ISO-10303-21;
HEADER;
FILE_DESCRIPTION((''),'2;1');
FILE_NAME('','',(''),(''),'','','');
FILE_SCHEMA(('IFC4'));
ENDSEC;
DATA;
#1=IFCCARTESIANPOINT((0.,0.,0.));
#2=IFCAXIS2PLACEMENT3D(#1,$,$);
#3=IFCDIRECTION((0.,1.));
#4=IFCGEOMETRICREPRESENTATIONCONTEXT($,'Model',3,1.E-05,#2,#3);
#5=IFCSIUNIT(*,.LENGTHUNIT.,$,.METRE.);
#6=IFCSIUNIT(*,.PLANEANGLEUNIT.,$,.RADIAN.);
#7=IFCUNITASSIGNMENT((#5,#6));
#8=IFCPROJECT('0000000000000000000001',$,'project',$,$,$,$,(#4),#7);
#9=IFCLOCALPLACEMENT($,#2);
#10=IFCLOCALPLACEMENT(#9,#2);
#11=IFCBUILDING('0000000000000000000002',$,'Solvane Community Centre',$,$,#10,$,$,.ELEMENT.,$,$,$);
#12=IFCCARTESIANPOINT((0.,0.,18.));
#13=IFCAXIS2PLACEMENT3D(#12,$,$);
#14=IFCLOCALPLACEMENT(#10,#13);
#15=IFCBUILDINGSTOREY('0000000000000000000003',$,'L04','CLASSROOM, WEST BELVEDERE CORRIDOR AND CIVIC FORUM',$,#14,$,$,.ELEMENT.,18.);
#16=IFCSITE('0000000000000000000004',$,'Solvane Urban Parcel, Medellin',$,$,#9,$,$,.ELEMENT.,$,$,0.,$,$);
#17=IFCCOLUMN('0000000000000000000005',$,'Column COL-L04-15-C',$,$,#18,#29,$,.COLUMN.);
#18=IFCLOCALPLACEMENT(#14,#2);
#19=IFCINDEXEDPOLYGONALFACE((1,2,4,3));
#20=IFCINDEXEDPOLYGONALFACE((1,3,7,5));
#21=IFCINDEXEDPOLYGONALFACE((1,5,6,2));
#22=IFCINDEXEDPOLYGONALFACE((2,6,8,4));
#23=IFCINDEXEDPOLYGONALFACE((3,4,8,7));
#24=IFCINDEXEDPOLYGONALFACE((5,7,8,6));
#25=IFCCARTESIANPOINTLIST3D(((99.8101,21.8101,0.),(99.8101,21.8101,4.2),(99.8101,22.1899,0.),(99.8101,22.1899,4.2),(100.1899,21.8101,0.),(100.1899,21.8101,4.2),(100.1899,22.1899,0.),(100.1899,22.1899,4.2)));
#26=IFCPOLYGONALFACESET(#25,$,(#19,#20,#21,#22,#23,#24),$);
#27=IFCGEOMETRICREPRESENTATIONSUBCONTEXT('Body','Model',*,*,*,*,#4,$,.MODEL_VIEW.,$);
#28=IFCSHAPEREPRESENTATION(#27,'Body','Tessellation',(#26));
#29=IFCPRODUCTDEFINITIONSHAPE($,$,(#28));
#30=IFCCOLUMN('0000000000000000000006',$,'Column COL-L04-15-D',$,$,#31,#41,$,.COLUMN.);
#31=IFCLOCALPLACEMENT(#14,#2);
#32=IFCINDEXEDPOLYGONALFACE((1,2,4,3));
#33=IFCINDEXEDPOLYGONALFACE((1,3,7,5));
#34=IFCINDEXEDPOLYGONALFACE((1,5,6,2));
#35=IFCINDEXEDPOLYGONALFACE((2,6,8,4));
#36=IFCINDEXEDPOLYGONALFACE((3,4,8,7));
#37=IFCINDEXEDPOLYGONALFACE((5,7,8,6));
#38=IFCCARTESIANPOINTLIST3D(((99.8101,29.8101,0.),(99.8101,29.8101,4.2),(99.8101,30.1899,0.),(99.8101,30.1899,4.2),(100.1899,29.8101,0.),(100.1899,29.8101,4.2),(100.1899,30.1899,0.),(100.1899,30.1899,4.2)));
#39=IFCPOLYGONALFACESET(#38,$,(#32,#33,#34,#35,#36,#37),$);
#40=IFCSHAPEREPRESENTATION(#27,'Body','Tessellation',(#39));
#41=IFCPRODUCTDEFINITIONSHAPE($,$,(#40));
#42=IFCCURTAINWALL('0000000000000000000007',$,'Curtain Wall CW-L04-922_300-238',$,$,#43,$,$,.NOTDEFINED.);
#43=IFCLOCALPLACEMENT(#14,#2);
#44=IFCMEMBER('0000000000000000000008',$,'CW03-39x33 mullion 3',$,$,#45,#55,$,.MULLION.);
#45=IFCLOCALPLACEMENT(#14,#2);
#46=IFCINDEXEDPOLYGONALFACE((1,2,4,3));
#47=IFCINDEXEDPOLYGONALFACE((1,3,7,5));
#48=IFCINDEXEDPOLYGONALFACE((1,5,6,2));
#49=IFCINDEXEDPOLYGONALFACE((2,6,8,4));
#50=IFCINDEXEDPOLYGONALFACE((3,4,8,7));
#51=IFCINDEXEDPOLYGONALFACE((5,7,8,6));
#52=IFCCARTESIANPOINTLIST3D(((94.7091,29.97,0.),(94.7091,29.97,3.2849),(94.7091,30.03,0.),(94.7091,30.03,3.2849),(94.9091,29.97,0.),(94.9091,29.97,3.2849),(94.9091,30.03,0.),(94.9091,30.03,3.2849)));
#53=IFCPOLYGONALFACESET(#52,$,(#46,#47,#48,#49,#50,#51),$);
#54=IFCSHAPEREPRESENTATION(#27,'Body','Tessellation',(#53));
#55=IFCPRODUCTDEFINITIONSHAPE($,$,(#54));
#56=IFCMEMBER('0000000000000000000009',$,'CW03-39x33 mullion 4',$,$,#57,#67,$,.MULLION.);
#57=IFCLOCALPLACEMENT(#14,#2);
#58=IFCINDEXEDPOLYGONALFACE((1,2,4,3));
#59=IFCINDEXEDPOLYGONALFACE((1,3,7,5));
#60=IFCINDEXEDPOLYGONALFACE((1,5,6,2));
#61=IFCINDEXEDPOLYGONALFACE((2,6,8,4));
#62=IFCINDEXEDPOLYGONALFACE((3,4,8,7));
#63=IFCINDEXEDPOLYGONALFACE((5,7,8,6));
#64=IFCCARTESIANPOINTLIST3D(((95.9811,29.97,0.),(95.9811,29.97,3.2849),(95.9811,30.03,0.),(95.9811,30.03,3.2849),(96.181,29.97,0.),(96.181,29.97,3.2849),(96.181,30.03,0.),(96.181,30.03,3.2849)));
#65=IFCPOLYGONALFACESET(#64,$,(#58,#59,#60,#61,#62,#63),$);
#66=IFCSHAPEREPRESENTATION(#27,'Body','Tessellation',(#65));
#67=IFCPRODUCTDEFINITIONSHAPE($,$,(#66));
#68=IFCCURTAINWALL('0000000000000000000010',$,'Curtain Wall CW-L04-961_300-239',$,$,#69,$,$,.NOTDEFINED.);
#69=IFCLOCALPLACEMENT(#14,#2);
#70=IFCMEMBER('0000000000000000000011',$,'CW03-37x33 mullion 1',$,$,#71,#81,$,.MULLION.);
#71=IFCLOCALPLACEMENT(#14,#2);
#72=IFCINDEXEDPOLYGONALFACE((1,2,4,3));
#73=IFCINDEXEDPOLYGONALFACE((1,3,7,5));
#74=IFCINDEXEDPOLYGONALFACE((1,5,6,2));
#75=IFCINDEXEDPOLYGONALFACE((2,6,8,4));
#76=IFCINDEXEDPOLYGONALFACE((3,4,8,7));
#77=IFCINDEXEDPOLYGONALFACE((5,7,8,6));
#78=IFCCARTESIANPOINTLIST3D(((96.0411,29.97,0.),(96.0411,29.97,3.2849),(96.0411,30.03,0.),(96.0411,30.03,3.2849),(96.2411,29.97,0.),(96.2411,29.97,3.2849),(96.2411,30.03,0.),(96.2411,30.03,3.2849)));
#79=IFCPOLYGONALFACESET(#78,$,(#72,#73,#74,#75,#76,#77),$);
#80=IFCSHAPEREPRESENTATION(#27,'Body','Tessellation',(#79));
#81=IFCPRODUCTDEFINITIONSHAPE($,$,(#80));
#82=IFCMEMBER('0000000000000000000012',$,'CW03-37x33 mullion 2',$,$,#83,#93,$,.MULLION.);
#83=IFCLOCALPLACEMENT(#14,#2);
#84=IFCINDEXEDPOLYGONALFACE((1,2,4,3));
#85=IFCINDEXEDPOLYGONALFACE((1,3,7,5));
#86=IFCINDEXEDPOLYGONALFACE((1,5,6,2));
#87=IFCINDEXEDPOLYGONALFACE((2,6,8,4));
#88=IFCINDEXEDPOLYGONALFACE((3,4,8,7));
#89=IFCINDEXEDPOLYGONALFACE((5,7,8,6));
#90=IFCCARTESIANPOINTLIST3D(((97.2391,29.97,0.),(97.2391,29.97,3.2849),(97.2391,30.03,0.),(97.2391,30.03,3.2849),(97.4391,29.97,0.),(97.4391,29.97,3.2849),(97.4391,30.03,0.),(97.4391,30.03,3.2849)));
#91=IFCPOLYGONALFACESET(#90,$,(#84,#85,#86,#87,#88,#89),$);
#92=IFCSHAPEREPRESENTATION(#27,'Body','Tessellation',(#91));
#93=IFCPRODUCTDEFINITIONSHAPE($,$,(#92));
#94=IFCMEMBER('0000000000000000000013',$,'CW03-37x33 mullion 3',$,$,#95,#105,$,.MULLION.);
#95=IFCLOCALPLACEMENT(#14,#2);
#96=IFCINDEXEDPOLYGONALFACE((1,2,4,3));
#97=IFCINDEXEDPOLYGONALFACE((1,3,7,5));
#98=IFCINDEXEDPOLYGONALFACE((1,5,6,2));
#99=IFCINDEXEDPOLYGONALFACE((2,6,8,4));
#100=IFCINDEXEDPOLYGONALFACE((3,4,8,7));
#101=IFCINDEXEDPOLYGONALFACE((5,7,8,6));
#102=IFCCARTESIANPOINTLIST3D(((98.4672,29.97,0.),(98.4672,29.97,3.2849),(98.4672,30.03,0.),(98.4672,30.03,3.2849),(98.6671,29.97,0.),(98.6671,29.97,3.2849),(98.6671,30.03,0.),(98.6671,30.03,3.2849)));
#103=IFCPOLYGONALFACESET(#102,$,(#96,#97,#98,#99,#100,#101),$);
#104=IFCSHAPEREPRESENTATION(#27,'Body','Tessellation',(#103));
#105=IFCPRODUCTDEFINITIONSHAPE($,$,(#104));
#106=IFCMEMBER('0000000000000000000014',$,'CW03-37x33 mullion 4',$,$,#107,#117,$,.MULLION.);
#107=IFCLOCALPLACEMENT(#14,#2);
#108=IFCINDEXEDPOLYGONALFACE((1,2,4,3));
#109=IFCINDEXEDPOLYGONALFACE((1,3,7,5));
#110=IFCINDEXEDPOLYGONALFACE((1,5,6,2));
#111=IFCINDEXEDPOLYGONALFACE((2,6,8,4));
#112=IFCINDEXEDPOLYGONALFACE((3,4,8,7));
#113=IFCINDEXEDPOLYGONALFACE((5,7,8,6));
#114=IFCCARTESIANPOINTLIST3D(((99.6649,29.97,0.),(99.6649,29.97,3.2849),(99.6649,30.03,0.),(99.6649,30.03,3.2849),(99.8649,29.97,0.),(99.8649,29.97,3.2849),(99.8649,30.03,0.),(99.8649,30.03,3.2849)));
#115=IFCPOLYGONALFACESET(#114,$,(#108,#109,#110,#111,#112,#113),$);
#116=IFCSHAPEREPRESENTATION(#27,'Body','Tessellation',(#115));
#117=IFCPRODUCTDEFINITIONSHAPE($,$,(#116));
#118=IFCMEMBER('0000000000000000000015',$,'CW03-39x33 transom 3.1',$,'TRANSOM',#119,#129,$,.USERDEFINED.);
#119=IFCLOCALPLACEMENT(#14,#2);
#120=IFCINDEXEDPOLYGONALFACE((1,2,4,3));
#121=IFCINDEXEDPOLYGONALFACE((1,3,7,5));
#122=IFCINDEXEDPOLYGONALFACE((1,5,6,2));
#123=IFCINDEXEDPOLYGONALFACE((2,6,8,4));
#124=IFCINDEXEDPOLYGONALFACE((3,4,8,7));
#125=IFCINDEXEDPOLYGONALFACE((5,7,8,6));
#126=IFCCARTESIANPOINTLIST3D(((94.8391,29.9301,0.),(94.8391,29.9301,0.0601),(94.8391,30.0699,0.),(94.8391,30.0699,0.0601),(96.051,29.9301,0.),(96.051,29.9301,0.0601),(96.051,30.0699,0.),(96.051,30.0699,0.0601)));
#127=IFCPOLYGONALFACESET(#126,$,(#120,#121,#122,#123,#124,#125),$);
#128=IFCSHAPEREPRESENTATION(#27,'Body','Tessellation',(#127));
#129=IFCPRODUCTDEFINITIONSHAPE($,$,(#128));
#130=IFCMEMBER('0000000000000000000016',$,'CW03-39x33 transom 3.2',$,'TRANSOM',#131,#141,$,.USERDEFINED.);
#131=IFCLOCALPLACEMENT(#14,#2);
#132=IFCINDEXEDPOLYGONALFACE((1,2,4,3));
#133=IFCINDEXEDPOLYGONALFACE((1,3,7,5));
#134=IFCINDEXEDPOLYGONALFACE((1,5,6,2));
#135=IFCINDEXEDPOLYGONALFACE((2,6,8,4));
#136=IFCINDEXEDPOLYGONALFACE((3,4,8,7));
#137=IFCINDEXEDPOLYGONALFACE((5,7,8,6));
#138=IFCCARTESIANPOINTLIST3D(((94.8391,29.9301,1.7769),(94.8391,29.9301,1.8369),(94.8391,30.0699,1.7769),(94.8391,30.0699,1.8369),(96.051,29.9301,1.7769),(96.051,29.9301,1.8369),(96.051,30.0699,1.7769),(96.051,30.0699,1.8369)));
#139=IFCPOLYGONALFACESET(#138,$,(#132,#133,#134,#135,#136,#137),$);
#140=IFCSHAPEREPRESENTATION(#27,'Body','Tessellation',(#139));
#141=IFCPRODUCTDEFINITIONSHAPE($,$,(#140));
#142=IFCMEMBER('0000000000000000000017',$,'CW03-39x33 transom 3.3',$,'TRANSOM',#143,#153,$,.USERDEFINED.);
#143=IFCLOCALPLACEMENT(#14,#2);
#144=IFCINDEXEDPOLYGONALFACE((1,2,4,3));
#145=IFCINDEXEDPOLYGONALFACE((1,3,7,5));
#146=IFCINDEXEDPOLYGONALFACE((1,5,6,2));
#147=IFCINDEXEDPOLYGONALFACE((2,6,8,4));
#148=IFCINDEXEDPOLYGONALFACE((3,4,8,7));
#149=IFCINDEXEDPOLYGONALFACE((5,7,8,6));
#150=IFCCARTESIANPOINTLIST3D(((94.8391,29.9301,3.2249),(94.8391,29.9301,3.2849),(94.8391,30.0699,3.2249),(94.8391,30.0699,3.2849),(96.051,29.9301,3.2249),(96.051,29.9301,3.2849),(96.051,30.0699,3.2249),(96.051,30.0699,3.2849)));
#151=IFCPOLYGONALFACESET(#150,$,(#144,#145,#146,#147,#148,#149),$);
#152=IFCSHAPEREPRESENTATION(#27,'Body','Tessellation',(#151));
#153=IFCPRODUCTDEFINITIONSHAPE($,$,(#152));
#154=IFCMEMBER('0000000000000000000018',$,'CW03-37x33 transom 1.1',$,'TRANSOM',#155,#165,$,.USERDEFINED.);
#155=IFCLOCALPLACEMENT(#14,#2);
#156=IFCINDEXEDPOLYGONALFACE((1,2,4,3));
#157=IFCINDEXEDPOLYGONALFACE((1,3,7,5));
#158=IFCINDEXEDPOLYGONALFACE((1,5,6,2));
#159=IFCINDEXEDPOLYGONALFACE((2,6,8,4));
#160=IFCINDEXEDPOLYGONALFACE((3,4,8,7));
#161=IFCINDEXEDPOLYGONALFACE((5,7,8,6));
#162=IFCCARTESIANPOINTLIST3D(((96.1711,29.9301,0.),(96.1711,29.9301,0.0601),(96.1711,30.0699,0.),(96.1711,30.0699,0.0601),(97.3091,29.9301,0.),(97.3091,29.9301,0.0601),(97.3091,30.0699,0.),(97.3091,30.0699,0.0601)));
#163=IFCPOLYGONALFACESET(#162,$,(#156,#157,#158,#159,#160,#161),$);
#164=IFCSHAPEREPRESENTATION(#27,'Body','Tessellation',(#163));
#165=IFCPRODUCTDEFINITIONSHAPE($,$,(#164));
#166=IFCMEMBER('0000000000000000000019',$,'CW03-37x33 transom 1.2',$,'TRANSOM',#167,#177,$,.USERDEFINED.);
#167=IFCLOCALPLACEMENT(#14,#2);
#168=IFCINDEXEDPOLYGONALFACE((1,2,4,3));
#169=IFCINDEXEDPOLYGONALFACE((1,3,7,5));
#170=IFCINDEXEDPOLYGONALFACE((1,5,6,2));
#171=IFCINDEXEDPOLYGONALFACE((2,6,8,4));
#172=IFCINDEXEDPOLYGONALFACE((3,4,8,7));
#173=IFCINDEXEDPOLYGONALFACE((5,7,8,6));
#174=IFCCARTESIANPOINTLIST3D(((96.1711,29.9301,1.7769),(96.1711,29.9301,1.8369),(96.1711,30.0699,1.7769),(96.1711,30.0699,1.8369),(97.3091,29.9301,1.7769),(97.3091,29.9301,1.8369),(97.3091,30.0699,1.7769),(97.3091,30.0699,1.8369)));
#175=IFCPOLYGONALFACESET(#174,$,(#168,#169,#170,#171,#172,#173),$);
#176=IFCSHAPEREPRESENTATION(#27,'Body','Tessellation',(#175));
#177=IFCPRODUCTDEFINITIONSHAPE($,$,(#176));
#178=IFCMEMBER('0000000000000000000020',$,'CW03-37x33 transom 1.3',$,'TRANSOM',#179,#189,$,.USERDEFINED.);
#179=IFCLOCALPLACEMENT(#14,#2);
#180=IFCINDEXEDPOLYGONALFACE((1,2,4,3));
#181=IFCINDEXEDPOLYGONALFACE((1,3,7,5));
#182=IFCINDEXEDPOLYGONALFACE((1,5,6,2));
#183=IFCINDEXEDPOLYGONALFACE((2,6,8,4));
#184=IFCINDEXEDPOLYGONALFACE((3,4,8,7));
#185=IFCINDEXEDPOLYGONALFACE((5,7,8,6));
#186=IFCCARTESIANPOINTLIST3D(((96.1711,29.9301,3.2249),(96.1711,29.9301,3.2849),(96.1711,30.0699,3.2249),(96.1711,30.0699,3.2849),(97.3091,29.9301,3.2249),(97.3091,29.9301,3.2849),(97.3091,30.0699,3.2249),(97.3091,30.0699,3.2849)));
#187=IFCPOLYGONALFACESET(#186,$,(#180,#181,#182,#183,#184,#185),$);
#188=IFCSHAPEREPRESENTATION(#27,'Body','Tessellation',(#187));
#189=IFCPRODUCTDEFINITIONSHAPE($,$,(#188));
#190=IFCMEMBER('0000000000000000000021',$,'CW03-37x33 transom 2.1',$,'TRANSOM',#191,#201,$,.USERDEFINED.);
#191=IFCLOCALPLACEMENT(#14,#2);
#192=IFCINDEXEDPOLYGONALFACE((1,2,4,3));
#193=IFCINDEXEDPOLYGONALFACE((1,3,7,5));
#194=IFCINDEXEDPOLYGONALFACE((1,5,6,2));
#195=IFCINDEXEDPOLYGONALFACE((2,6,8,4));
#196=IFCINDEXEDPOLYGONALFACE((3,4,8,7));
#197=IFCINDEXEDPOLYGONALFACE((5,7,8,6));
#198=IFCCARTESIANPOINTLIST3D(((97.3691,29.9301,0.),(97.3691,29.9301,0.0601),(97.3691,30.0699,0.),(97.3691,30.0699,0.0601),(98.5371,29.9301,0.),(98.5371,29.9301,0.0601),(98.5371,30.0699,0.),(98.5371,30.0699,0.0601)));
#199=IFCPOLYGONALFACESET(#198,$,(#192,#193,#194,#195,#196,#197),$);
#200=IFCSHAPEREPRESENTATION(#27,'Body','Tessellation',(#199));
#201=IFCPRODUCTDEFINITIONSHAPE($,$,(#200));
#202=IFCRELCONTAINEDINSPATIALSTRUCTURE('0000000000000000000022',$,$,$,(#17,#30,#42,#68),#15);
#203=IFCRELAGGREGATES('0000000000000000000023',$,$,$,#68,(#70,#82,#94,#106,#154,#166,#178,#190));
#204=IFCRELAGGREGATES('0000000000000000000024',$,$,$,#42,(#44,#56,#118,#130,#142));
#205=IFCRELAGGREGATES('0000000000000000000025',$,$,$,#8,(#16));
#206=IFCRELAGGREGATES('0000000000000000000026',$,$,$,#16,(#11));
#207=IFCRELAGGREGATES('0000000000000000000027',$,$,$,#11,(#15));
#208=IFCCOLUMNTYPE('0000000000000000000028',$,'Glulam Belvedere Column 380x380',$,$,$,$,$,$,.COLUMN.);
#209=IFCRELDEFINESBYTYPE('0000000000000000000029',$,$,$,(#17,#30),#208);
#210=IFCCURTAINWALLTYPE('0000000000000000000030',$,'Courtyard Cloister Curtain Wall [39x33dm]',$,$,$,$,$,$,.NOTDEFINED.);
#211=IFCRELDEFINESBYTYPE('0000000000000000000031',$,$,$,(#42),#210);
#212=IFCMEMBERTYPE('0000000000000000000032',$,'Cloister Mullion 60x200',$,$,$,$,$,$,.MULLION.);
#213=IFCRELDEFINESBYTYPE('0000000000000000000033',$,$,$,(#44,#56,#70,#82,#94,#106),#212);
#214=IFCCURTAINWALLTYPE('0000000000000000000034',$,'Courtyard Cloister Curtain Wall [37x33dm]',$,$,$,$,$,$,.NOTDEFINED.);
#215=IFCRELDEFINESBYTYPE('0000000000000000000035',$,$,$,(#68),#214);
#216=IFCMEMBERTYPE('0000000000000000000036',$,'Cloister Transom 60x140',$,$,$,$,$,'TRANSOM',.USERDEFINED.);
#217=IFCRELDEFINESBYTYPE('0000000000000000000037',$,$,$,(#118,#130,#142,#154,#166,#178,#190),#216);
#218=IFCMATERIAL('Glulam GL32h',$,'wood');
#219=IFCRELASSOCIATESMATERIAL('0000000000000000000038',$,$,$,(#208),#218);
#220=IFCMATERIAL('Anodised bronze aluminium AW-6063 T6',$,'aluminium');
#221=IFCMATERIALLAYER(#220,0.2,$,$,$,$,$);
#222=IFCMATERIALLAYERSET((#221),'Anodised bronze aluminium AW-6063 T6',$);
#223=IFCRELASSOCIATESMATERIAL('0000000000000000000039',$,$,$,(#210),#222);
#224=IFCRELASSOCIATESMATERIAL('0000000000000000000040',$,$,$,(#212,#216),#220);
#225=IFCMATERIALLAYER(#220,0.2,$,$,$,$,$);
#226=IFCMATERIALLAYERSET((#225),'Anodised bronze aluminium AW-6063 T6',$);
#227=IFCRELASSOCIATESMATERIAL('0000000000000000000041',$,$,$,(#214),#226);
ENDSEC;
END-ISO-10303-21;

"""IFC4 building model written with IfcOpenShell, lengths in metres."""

from ifc_helpers import new_model, si_unit, direction, frame, origin, origin_2d, place, context, subcontext, project, spatial, rectangle, extrude, material, layer, layer_set, material_profile, profile_set, type_object, element, aggregate, save


model = new_model("IFC4")

# Units and contexts
model_context = context("Model", 3, precision=1e-05, world=origin(), true_north=direction((0.0, 1.0)))
body_context = subcontext(model_context, "Body", "Model", "MODEL_VIEW")
ifc_project = project(units=[si_unit("LENGTHUNIT", "METRE"), si_unit("PLANEANGLEUNIT", "RADIAN")], contexts=[model_context])

# Site, building, storey
site_placement = place(None, origin())
site = spatial("IfcSite", under=ifc_project, at=site_placement, Name="Solvane Urban Parcel, Medellin", CompositionType="ELEMENT", RefElevation=0.0)
building_placement = place(site_placement, origin())
building = spatial("IfcBuilding", under=site, at=building_placement, Name="Solvane Community Centre", CompositionType="ELEMENT")
storey_placement = place(building_placement, frame((0.0, 0.0, 18.0)))
storey = spatial("IfcBuildingStorey", under=building, at=storey_placement, Name="L04", Description="CLASSROOM, WEST BELVEDERE CORRIDOR AND CIVIC FORUM", CompositionType="ELEMENT", Elevation=18.0)

# Columns
ifc_material_1 = material(Name="Glulam GL32h", Category="wood")
ifc_material_profile_1 = material_profile(ifc_material_1, rectangle(XDim=0.3799, YDim=0.3799, at=origin_2d()), Name="GL32h 380x380")
ifc_profile_set_1 = profile_set([ifc_material_profile_1], Name="Glulam GL32h")
column_type = type_object("IfcColumnType", Name="Glulam Belvedere Column 380x380", PredefinedType="COLUMN", material=ifc_profile_set_1)
for number, where, z_axis, x_axis, name in (
    (1, (100.0, 22.0, 0.0), (0.0, 0.0, 1.0), (1.0, 0.0, 0.0), "Column COL-L04-15-C"),
    (2, (100.0, 30.0, 0.0), (0.0, 0.0, 1.0), (1.0, 0.0, 0.0), "Column COL-L04-15-D"),
):
    element("IfcColumn", number, at=place(storey_placement, frame(where, z_axis=z_axis, x_axis=x_axis)), inside=storey, type_object=column_type, Name=name, PredefinedType="COLUMN", context=body_context, shape_type="SweptSolid", body=[
        extrude(rectangle(XDim=0.3799, YDim=0.3799, at=origin_2d()), origin(), (0.0, 0.0, 1.0), 4.2),
    ])

# Curtain walls, members
ifc_material_2 = material(Name="Anodised bronze aluminium AW-6063 T6", Category="aluminium")
ifc_layer_1 = layer(ifc_material_2, 0.2)
ifc_layer_set_1 = layer_set([ifc_layer_1], Name="Anodised bronze aluminium AW-6063 T6")
curtain_wall_type_1 = type_object("IfcCurtainWallType", Name="Courtyard Cloister Curtain Wall [39x33dm]", PredefinedType="NOTDEFINED", material=ifc_layer_set_1)
curtain_wall_1_placement = place(storey_placement, origin())
curtain_wall_1 = element("IfcCurtainWall", 3, at=curtain_wall_1_placement, inside=storey, type_object=curtain_wall_type_1, Name="Curtain Wall CW-L04-922_300-238", PredefinedType="NOTDEFINED")
ifc_material_profile_2 = material_profile(ifc_material_2, rectangle(XDim=0.0601, YDim=0.2, at=origin_2d()), Name="CW-M 60x200")
ifc_profile_set_2 = profile_set([ifc_material_profile_2], Name="Anodised bronze aluminium AW-6063 T6")
member_type_1 = type_object("IfcMemberType", Name="Cloister Mullion 60x200", PredefinedType="MULLION", material=ifc_profile_set_2)
member_1_placement = place(storey_placement, frame((94.8091, 30.0, 0.0), z_axis=(0.0, 0.0, 1.0), x_axis=(0.0, 1.0, 0.0)))
member_1 = element("IfcMember", 4, at=member_1_placement, type_object=member_type_1, Name="CW03-39x33 mullion 3", PredefinedType="MULLION", context=body_context, shape_type="SweptSolid", body=[
    extrude(rectangle(XDim=0.0601, YDim=0.2, at=origin_2d()), origin(), (0.0, 0.0, 1.0), 3.2849),
])
member_2_placement = place(storey_placement, frame((96.0811, 30.0, 0.0), z_axis=(0.0, 0.0, 1.0), x_axis=(0.0, 1.0, 0.0)))
member_2 = element("IfcMember", 5, at=member_2_placement, type_object=member_type_1, Name="CW03-39x33 mullion 4", PredefinedType="MULLION", context=body_context, shape_type="SweptSolid", body=[
    extrude(rectangle(XDim=0.0601, YDim=0.2, at=origin_2d()), origin(), (0.0, 0.0, 1.0), 3.2849),
])
ifc_layer_2 = layer(ifc_material_2, 0.2)
ifc_layer_set_2 = layer_set([ifc_layer_2], Name="Anodised bronze aluminium AW-6063 T6")
curtain_wall_type_2 = type_object("IfcCurtainWallType", Name="Courtyard Cloister Curtain Wall [37x33dm]", PredefinedType="NOTDEFINED", material=ifc_layer_set_2)
curtain_wall_2_placement = place(storey_placement, origin())
curtain_wall_2 = element("IfcCurtainWall", 6, at=curtain_wall_2_placement, inside=storey, type_object=curtain_wall_type_2, Name="Curtain Wall CW-L04-961_300-239", PredefinedType="NOTDEFINED")
member_3_placement = place(storey_placement, frame((96.1411, 30.0, 0.0), z_axis=(0.0, 0.0, 1.0), x_axis=(0.0, 1.0, 0.0)))
member_3 = element("IfcMember", 7, at=member_3_placement, type_object=member_type_1, Name="CW03-37x33 mullion 1", PredefinedType="MULLION", context=body_context, shape_type="SweptSolid", body=[
    extrude(rectangle(XDim=0.0601, YDim=0.2, at=origin_2d()), origin(), (0.0, 0.0, 1.0), 3.2849),
])
member_4_placement = place(storey_placement, frame((97.3391, 30.0, 0.0), z_axis=(0.0, 0.0, 1.0), x_axis=(0.0, 1.0, 0.0)))
member_4 = element("IfcMember", 8, at=member_4_placement, type_object=member_type_1, Name="CW03-37x33 mullion 2", PredefinedType="MULLION", context=body_context, shape_type="SweptSolid", body=[
    extrude(rectangle(XDim=0.0601, YDim=0.2, at=origin_2d()), origin(), (0.0, 0.0, 1.0), 3.2849),
])
member_5_placement = place(storey_placement, frame((98.5671, 30.0, 0.0), z_axis=(0.0, 0.0, 1.0), x_axis=(0.0, 1.0, 0.0)))
member_5 = element("IfcMember", 9, at=member_5_placement, type_object=member_type_1, Name="CW03-37x33 mullion 3", PredefinedType="MULLION", context=body_context, shape_type="SweptSolid", body=[
    extrude(rectangle(XDim=0.0601, YDim=0.2, at=origin_2d()), origin(), (0.0, 0.0, 1.0), 3.2849),
])
member_6_placement = place(storey_placement, frame((99.7649, 30.0, 0.0), z_axis=(0.0, 0.0, 1.0), x_axis=(0.0, 1.0, 0.0)))
member_6 = element("IfcMember", 10, at=member_6_placement, type_object=member_type_1, Name="CW03-37x33 mullion 4", PredefinedType="MULLION", context=body_context, shape_type="SweptSolid", body=[
    extrude(rectangle(XDim=0.0601, YDim=0.2, at=origin_2d()), origin(), (0.0, 0.0, 1.0), 3.2849),
])

# Members
ifc_material_profile_3 = material_profile(ifc_material_2, rectangle(XDim=0.1399, YDim=0.0601, at=origin_2d()), Name="CW-T 60x140")
ifc_profile_set_3 = profile_set([ifc_material_profile_3], Name="Anodised bronze aluminium AW-6063 T6")
member_type_2 = type_object("IfcMemberType", Name="Cloister Transom 60x140", ElementType="TRANSOM", PredefinedType="USERDEFINED", material=ifc_profile_set_3)
member_7_placement = place(storey_placement, frame((94.8391, 30.0, 0.03), z_axis=(1.0, 0.0, 0.0), x_axis=(0.0, 1.0, 0.0)))
member_7 = element("IfcMember", 11, at=member_7_placement, type_object=member_type_2, Name="CW03-39x33 transom 3.1", ObjectType="TRANSOM", PredefinedType="USERDEFINED", context=body_context, shape_type="SweptSolid", body=[
    extrude(rectangle(XDim=0.1399, YDim=0.0601, at=origin_2d()), origin(), (0.0, 0.0, 1.0), 1.2119),
])
member_8_placement = place(storey_placement, frame((94.8391, 30.0, 1.8069), z_axis=(1.0, 0.0, 0.0), x_axis=(0.0, 1.0, 0.0)))
member_8 = element("IfcMember", 12, at=member_8_placement, type_object=member_type_2, Name="CW03-39x33 transom 3.2", ObjectType="TRANSOM", PredefinedType="USERDEFINED", context=body_context, shape_type="SweptSolid", body=[
    extrude(rectangle(XDim=0.1399, YDim=0.0601, at=origin_2d()), origin(), (0.0, 0.0, 1.0), 1.2119),
])
member_9_placement = place(storey_placement, frame((94.8391, 30.0, 3.2549), z_axis=(1.0, 0.0, 0.0), x_axis=(0.0, 1.0, 0.0)))
member_9 = element("IfcMember", 13, at=member_9_placement, type_object=member_type_2, Name="CW03-39x33 transom 3.3", ObjectType="TRANSOM", PredefinedType="USERDEFINED", context=body_context, shape_type="SweptSolid", body=[
    extrude(rectangle(XDim=0.1399, YDim=0.0601, at=origin_2d()), origin(), (0.0, 0.0, 1.0), 1.2119),
])
member_10_placement = place(storey_placement, frame((96.1711, 30.0, 0.03), z_axis=(1.0, 0.0, 0.0), x_axis=(0.0, 1.0, 0.0)))
member_10 = element("IfcMember", 14, at=member_10_placement, type_object=member_type_2, Name="CW03-37x33 transom 1.1", ObjectType="TRANSOM", PredefinedType="USERDEFINED", context=body_context, shape_type="SweptSolid", body=[
    extrude(rectangle(XDim=0.1399, YDim=0.0601, at=origin_2d()), origin(), (0.0, 0.0, 1.0), 1.1379),
])
member_11_placement = place(storey_placement, frame((96.1711, 30.0, 1.8069), z_axis=(1.0, 0.0, 0.0), x_axis=(0.0, 1.0, 0.0)))
member_11 = element("IfcMember", 15, at=member_11_placement, type_object=member_type_2, Name="CW03-37x33 transom 1.2", ObjectType="TRANSOM", PredefinedType="USERDEFINED", context=body_context, shape_type="SweptSolid", body=[
    extrude(rectangle(XDim=0.1399, YDim=0.0601, at=origin_2d()), origin(), (0.0, 0.0, 1.0), 1.1379),
])
member_12_placement = place(storey_placement, frame((96.1711, 30.0, 3.2549), z_axis=(1.0, 0.0, 0.0), x_axis=(0.0, 1.0, 0.0)))
member_12 = element("IfcMember", 16, at=member_12_placement, type_object=member_type_2, Name="CW03-37x33 transom 1.3", ObjectType="TRANSOM", PredefinedType="USERDEFINED", context=body_context, shape_type="SweptSolid", body=[
    extrude(rectangle(XDim=0.1399, YDim=0.0601, at=origin_2d()), origin(), (0.0, 0.0, 1.0), 1.1379),
])
member_13_placement = place(storey_placement, frame((97.3691, 30.0, 0.03), z_axis=(1.0, 0.0, 0.0), x_axis=(0.0, 1.0, 0.0)))
member_13 = element("IfcMember", 17, at=member_13_placement, type_object=member_type_2, Name="CW03-37x33 transom 2.1", ObjectType="TRANSOM", PredefinedType="USERDEFINED", context=body_context, shape_type="SweptSolid", body=[
    extrude(rectangle(XDim=0.1399, YDim=0.0601, at=origin_2d()), origin(), (0.0, 0.0, 1.0), 1.168),
])

aggregate(curtain_wall_2, [member_3, member_4, member_5, member_6, member_10, member_11, member_12, member_13])
aggregate(curtain_wall_1, [member_1, member_2, member_7, member_8, member_9])

save(model, "model.ifc")
